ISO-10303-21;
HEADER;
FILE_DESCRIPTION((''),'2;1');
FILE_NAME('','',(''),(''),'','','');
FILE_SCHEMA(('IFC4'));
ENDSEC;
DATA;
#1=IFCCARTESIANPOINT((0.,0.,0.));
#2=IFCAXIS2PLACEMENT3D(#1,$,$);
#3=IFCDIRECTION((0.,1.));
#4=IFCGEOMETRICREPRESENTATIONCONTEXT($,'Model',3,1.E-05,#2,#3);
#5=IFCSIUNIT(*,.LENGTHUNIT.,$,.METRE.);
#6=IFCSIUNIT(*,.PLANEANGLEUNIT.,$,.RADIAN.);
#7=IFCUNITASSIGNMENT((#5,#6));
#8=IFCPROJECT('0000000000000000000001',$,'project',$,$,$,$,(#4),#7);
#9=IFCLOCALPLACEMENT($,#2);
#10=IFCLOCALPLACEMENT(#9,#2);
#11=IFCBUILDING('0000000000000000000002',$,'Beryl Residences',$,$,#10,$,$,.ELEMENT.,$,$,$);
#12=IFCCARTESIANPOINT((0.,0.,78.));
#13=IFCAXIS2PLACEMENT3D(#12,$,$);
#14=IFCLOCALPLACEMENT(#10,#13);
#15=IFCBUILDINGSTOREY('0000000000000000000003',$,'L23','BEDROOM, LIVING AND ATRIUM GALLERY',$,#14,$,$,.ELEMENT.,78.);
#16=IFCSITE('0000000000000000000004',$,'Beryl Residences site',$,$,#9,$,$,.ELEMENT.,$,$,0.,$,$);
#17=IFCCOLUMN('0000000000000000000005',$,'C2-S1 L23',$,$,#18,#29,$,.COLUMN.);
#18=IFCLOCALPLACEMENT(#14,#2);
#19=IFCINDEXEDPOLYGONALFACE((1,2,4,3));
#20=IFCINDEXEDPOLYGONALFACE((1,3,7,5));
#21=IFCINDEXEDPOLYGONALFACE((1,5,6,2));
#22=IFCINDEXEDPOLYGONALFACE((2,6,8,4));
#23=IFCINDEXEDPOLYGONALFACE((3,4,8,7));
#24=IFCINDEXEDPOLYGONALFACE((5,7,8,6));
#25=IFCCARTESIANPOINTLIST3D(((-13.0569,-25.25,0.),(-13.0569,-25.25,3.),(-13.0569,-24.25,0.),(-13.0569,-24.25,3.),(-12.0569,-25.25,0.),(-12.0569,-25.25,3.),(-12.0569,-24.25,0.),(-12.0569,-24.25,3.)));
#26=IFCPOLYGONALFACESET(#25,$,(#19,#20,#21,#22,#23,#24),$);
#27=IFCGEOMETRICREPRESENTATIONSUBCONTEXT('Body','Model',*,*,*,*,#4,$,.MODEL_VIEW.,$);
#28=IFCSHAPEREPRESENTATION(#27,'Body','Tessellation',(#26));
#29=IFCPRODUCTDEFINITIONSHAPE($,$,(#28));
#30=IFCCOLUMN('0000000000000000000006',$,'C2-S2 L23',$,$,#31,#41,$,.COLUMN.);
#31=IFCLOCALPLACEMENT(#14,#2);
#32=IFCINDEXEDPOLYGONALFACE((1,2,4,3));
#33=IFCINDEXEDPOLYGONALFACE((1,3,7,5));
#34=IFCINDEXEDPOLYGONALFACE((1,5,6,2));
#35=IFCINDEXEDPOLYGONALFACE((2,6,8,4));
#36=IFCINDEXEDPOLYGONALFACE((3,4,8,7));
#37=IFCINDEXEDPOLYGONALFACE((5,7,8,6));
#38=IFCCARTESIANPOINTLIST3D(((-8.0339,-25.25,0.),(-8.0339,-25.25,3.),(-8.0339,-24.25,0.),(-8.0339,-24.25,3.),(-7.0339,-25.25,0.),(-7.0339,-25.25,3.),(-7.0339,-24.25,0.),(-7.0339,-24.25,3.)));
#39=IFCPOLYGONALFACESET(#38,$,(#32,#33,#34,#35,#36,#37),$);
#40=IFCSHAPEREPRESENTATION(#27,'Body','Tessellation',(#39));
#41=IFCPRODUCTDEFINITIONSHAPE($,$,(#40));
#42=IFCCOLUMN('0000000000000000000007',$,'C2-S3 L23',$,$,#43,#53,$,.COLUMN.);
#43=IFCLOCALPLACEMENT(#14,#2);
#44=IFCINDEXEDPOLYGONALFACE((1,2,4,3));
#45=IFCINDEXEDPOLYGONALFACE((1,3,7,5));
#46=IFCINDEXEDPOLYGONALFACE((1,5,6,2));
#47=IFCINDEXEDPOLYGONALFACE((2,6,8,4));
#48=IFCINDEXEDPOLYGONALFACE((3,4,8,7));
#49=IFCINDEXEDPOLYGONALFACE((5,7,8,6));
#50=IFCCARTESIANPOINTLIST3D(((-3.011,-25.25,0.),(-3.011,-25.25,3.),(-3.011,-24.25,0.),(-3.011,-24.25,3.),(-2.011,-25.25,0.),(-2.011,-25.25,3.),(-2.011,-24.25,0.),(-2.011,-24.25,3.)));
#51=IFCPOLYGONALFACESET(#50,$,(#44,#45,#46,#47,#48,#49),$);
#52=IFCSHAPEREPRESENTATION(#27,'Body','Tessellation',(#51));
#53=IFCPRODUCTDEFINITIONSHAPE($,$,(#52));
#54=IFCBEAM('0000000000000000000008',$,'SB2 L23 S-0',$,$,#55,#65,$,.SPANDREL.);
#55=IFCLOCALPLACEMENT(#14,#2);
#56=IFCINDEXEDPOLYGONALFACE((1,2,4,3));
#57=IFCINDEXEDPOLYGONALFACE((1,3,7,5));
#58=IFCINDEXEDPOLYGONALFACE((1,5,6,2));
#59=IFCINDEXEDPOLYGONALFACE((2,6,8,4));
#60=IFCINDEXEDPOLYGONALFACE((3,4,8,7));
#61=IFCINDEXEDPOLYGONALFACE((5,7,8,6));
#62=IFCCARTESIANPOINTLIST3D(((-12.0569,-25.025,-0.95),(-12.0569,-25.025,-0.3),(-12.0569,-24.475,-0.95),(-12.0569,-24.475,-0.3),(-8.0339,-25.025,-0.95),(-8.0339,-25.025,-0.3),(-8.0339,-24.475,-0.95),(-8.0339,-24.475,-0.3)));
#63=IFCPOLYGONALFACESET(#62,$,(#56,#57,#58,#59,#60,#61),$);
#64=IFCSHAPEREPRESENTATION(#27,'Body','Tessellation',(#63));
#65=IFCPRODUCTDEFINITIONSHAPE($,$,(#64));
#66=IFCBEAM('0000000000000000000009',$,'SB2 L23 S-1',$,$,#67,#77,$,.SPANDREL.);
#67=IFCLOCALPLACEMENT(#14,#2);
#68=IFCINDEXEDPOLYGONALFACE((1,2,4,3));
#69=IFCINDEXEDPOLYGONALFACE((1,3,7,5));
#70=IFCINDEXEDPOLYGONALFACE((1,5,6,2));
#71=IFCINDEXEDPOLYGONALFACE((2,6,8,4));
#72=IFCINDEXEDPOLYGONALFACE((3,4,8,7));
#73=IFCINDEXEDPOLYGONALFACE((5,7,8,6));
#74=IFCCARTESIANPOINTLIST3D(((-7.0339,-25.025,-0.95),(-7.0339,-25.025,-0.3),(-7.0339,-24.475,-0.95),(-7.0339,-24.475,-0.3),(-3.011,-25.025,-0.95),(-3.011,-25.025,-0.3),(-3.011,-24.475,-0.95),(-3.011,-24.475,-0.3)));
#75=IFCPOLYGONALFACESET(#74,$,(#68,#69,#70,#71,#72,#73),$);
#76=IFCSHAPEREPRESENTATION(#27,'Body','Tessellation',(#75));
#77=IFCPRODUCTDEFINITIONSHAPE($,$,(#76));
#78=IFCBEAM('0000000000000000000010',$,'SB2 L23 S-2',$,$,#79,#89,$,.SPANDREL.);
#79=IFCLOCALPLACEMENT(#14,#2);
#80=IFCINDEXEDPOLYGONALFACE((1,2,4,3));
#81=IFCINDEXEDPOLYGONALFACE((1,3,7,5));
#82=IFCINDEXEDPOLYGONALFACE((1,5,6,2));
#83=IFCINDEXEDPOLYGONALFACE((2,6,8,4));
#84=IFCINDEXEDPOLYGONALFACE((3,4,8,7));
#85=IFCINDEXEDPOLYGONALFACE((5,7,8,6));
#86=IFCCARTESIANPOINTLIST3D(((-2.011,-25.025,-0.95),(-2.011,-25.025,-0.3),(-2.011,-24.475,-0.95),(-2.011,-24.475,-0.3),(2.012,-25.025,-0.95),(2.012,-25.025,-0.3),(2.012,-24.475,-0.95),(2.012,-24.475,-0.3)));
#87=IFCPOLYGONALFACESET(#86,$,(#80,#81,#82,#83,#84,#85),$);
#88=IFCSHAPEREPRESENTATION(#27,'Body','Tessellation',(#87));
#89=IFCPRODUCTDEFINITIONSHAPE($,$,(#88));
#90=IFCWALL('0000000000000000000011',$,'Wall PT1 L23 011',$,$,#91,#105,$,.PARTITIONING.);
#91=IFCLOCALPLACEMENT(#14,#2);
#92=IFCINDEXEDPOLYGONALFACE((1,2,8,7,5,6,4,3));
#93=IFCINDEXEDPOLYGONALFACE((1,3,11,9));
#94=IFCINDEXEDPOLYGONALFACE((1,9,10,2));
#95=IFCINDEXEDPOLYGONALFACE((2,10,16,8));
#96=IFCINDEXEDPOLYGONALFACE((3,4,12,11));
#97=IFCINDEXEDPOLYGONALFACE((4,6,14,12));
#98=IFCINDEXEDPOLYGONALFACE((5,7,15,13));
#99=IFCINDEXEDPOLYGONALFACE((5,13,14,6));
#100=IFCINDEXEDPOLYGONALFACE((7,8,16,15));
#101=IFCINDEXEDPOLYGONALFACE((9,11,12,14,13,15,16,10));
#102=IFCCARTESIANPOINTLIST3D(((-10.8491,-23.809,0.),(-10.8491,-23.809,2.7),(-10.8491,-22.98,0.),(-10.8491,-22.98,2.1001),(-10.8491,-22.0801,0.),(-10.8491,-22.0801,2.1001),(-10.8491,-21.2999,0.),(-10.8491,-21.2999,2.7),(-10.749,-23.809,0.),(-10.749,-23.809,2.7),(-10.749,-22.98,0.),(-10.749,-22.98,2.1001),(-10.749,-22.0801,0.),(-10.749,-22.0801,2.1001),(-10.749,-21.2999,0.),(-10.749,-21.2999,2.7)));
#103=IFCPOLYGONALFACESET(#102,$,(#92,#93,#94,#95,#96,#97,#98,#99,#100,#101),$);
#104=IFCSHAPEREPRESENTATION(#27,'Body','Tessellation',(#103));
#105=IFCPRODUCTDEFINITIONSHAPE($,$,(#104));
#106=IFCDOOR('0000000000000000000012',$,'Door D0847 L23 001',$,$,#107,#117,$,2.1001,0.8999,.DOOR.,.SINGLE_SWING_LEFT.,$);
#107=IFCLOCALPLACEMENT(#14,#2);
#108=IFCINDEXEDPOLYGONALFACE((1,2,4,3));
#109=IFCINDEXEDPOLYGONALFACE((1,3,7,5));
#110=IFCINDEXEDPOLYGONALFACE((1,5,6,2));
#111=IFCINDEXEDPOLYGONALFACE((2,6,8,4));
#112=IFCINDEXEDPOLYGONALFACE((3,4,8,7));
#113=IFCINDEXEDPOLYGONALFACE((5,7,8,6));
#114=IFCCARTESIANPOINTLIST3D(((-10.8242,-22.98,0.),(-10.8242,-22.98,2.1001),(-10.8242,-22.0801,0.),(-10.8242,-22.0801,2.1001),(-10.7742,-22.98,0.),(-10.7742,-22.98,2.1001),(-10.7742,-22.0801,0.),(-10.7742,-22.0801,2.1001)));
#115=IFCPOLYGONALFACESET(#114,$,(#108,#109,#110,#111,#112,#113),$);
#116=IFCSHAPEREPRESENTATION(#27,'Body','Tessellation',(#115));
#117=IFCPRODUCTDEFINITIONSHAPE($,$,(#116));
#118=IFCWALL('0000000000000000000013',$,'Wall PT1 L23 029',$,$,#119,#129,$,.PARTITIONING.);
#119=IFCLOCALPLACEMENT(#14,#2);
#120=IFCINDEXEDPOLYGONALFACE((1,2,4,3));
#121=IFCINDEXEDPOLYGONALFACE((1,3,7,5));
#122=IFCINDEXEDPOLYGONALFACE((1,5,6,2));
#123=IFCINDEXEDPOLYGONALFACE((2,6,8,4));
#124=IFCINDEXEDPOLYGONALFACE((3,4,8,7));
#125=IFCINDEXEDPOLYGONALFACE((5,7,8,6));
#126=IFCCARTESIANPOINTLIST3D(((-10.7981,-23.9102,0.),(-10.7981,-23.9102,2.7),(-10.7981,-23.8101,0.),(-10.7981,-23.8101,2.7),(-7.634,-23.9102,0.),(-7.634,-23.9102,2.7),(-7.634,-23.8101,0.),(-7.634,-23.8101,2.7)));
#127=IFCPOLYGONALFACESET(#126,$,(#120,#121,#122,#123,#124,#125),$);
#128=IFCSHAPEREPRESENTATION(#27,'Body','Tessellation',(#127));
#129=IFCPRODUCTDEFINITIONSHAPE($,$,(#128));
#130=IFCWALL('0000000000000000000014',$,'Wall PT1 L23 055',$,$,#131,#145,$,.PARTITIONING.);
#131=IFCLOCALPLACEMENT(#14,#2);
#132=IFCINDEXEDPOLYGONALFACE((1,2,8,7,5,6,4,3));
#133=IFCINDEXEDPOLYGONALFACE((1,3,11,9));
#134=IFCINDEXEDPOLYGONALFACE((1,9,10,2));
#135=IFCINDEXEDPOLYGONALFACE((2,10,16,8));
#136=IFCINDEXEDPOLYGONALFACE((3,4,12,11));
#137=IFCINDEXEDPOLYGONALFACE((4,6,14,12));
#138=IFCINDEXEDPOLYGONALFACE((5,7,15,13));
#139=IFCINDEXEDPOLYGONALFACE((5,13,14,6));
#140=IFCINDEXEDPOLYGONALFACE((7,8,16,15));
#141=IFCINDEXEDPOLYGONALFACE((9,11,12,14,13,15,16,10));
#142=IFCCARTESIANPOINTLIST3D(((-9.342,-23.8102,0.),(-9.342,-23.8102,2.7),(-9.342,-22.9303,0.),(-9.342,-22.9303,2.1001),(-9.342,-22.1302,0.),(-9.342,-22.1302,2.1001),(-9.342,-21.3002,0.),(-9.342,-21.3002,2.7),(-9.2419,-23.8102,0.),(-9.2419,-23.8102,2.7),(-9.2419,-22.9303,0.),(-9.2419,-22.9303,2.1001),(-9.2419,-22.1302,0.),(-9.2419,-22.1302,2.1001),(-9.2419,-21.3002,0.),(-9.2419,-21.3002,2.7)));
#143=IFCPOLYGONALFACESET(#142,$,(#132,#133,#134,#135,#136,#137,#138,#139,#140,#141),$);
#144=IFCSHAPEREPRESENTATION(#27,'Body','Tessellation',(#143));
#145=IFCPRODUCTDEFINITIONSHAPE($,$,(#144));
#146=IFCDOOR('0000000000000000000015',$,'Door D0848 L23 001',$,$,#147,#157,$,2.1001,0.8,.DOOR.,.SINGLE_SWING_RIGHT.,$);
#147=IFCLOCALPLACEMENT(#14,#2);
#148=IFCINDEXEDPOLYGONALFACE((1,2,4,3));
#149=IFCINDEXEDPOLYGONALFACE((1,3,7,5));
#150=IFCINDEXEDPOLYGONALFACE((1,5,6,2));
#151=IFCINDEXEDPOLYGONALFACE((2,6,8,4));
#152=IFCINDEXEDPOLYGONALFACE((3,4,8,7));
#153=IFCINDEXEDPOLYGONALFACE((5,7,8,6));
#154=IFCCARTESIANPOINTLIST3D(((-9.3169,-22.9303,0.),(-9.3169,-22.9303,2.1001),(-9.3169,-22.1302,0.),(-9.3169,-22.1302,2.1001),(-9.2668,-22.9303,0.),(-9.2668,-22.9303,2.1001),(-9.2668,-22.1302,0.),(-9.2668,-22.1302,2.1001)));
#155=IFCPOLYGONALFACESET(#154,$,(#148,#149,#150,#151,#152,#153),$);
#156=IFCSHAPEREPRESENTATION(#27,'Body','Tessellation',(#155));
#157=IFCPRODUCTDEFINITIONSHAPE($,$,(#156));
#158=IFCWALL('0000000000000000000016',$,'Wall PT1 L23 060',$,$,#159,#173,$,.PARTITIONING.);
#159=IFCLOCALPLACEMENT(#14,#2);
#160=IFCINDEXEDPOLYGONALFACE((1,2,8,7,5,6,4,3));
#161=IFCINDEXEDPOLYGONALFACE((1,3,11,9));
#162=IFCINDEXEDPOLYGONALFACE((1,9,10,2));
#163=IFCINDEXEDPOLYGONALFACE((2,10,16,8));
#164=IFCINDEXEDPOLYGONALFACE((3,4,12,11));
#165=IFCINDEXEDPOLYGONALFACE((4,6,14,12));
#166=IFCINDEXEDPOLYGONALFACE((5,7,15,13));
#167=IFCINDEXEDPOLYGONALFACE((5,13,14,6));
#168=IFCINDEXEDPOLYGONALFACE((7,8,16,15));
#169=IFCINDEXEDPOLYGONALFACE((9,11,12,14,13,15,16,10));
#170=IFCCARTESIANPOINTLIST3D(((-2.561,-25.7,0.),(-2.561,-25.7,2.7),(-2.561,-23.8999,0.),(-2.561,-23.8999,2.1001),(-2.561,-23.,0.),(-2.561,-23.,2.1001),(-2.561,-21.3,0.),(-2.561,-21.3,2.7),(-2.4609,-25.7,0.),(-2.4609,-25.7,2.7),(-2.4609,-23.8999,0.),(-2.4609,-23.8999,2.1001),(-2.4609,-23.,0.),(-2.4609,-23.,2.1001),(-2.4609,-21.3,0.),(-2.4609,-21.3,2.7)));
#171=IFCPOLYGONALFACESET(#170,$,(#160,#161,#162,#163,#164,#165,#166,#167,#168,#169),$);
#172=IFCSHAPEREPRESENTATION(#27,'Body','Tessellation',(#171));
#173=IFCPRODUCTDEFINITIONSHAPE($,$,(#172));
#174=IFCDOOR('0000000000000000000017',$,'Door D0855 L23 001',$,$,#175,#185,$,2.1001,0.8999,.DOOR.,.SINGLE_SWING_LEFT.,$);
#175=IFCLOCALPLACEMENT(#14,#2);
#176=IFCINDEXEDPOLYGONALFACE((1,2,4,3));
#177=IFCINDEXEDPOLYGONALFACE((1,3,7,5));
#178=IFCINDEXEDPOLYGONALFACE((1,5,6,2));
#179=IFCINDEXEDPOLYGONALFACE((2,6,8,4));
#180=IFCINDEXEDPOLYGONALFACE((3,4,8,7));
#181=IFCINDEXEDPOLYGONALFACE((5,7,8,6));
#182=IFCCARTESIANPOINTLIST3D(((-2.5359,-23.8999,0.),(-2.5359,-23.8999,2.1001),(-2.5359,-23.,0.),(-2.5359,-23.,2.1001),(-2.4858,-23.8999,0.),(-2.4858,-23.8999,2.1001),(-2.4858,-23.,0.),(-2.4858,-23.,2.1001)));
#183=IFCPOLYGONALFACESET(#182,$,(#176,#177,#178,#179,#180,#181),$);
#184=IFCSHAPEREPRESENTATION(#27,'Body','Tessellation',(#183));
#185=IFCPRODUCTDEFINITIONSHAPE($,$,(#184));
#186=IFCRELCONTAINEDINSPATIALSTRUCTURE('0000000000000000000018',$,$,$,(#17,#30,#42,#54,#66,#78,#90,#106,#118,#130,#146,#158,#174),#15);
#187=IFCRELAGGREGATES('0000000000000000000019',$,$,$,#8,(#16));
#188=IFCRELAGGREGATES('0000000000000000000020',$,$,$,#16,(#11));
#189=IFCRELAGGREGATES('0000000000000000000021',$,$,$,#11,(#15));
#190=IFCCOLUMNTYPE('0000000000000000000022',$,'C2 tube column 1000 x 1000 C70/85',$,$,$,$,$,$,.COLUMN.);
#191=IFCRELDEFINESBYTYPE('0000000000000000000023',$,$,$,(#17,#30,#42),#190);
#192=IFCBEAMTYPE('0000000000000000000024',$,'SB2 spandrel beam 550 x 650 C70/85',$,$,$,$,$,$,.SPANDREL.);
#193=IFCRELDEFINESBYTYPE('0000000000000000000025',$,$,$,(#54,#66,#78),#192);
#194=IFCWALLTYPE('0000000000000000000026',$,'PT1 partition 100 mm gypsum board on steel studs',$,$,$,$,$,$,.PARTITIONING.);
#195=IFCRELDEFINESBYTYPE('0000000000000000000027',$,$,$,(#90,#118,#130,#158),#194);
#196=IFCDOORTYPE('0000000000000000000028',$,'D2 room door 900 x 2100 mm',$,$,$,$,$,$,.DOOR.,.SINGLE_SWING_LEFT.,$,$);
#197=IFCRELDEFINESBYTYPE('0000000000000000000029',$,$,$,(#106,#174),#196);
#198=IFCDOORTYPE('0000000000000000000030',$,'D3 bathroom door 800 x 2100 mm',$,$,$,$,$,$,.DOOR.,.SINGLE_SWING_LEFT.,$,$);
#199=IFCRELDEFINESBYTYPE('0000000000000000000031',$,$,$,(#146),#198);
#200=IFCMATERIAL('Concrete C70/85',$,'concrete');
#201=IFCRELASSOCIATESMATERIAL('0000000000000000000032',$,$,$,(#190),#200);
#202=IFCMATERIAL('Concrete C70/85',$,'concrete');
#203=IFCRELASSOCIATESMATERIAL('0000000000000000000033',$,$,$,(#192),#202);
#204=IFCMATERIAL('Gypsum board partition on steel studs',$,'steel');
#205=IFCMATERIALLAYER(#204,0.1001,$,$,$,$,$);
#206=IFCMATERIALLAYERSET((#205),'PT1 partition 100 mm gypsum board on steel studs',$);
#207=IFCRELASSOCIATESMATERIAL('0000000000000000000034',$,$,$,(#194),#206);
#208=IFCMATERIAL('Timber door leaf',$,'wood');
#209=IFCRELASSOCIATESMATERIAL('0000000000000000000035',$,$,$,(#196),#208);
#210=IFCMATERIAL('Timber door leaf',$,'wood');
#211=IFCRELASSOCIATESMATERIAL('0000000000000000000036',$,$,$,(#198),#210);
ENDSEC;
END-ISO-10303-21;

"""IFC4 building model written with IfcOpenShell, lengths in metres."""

from ifc_helpers import new_model, si_unit, direction, frame, frame_2d, origin, origin_2d, place, context, subcontext, project, spatial, rectangle, extrude, material, layer, layer_set, material_profile, profile_set, type_object, element, fill, save


model = new_model("IFC4")

# Units and contexts
model_context = context("Model", 3, precision=1e-05, world=origin(), true_north=direction((0.0, 1.0)))
body_context = subcontext(model_context, "Body", "Model", "MODEL_VIEW")
ifc_project = project(units=[si_unit("LENGTHUNIT", "METRE"), si_unit("PLANEANGLEUNIT", "RADIAN")], contexts=[model_context])

# Site, building, storey
site_placement = place(None, origin())
site = spatial("IfcSite", under=ifc_project, at=site_placement, Name="Beryl Residences site", CompositionType="ELEMENT", RefElevation=0.0)
building_placement = place(site_placement, origin())
building = spatial("IfcBuilding", under=site, at=building_placement, Name="Beryl Residences", CompositionType="ELEMENT")
storey_placement = place(building_placement, frame((0.0, 0.0, 78.0)))
storey = spatial("IfcBuildingStorey", under=building, at=storey_placement, Name="L23", Description="BEDROOM, LIVING AND ATRIUM GALLERY", CompositionType="ELEMENT", Elevation=78.0)

# Columns
ifc_material_1 = material(Name="Concrete C70/85", Category="concrete")
ifc_material_profile_1 = material_profile(ifc_material_1, rectangle(XDim=1.0, YDim=1.0, at=origin_2d()))
ifc_profile_set_1 = profile_set([ifc_material_profile_1], Name="Concrete C70/85")
column_type = type_object("IfcColumnType", Name="C2 tube column 1000 x 1000 C70/85", PredefinedType="COLUMN", material=ifc_profile_set_1)
for number, where, z_axis, x_axis, name in (
    (1, (-12.5569, -24.75, 0.0), (0.0, 0.0, 1.0), (1.0, 0.0, 0.0), "C2-S1 L23"),
    (2, (-7.5339, -24.75, 0.0), (0.0, 0.0, 1.0), (1.0, 0.0, 0.0), "C2-S2 L23"),
    (3, (-2.511, -24.75, 0.0), (0.0, 0.0, 1.0), (1.0, 0.0, 0.0), "C2-S3 L23"),
):
    element("IfcColumn", number, at=place(storey_placement, frame(where, z_axis=z_axis, x_axis=x_axis)), inside=storey, type_object=column_type, Name=name, PredefinedType="COLUMN", context=body_context, shape_type="SweptSolid", body=[
        extrude(rectangle(XDim=1.0, YDim=1.0, at=origin_2d()), origin(), (0.0, 0.0, 1.0), 3.0),
    ])

# Beams
ifc_material_2 = material(Name="Concrete C70/85", Category="concrete")
ifc_material_profile_2 = material_profile(ifc_material_2, rectangle(XDim=0.55, YDim=0.6499, at=origin_2d()))
ifc_profile_set_2 = profile_set([ifc_material_profile_2], Name="Concrete C70/85")
beam_type = type_object("IfcBeamType", Name="SB2 spandrel beam 550 x 650 C70/85", PredefinedType="SPANDREL", material=ifc_profile_set_2)
for number, where, z_axis, x_axis, name in (
    (4, (-12.0569, -24.75, -0.625), (1.0, 0.0, 0.0), (0.0, 1.0, 0.0), "SB2 L23 S-0"),
    (5, (-7.0339, -24.75, -0.625), (1.0, 0.0, 0.0), (0.0, 1.0, 0.0), "SB2 L23 S-1"),
    (6, (-2.011, -24.75, -0.625), (1.0, 0.0, 0.0), (0.0, 1.0, 0.0), "SB2 L23 S-2"),
):
    element("IfcBeam", number, at=place(storey_placement, frame(where, z_axis=z_axis, x_axis=x_axis)), inside=storey, type_object=beam_type, Name=name, PredefinedType="SPANDREL", context=body_context, shape_type="SweptSolid", body=[
        extrude(rectangle(XDim=0.55, YDim=0.6499, at=origin_2d()), origin(), (0.0, 0.0, 1.0), 4.0229),
    ])

# Wall, opening, door
ifc_material_3 = material(Name="Gypsum board partition on steel studs", Category="steel")
ifc_layer_1 = layer(ifc_material_3, 0.1001)
ifc_layer_set_1 = layer_set([ifc_layer_1], Name="PT1 partition 100 mm gypsum board on steel studs")
wall_type_1 = type_object("IfcWallType", Name="PT1 partition 100 mm gypsum board on steel studs", PredefinedType="PARTITIONING", material=ifc_layer_set_1)
wall_1_placement = place(storey_placement, frame((-10.7991, -21.3, 0.0), z_axis=(0.0, 0.0, 1.0), x_axis=(0.0, -1.0, 0.0)))
wall_1 = element("IfcWall", 7, at=wall_1_placement, inside=storey, type_object=wall_type_1, Name="Wall PT1 L23 011", PredefinedType="PARTITIONING", context=body_context, shape_type="SweptSolid", body=[
    extrude(rectangle(XDim=2.509, YDim=0.1001, at=frame_2d((1.2544, 0.0))), origin(), (0.0, 0.0, 1.0), 2.7),
])
opening_1_placement = place(wall_1_placement, frame((0.78, 0.0, 0.0)))
opening_1 = element("IfcOpeningElement", 8, at=opening_1_placement, cuts=wall_1, PredefinedType="OPENING", context=body_context, shape_type="SweptSolid", body=[
    extrude(rectangle(XDim=0.8999, YDim=2.1001, at=frame_2d((0.45, 1.05))), frame((0.0, 0.0601, 0.0), z_axis=(0.0, -1.0, 0.0), x_axis=(1.0, 0.0, 0.0)), (0.0, 0.0, 1.0), 0.1201),
])
ifc_material_4 = material(Name="Timber door leaf", Category="wood")
door_type_1 = type_object("IfcDoorType", Name="D2 room door 900 x 2100 mm", OperationType="SINGLE_SWING_LEFT", PredefinedType="DOOR", material=ifc_material_4)
door_1_placement = place(opening_1_placement, origin())
door_1 = element("IfcDoor", 9, at=door_1_placement, inside=storey, type_object=door_type_1, Name="Door D0847 L23 001", OperationType="SINGLE_SWING_LEFT", OverallHeight=2.1001, OverallWidth=0.8999, PredefinedType="DOOR", context=body_context, shape_type="SweptSolid", body=[
    extrude(rectangle(XDim=0.8999, YDim=2.1001, at=frame_2d((0.45, 1.05))), frame((0.0, 0.0249, 0.0), z_axis=(0.0, -1.0, 0.0), x_axis=(1.0, 0.0, 0.0)), (0.0, 0.0, 1.0), 0.05),
])
fill(opening_1, door_1)

# Wall
wall_2_placement = place(storey_placement, frame((-10.7981, -23.8601, 0.0), z_axis=(0.0, 0.0, 1.0), x_axis=(1.0, 0.0, 0.0)))
element("IfcWall", 10, at=wall_2_placement, inside=storey, type_object=wall_type_1, Name="Wall PT1 L23 029", PredefinedType="PARTITIONING", context=body_context, shape_type="SweptSolid", body=[
    extrude(rectangle(XDim=3.1641, YDim=0.1001, at=frame_2d((1.582, 0.0))), origin(), (0.0, 0.0, 1.0), 2.7),
])

# Walls, openings, doors
wall_3_placement = place(storey_placement, frame((-9.292, -23.8101, 0.0), z_axis=(0.0, 0.0, 1.0), x_axis=(0.0, 1.0, 0.0)))
wall_3 = element("IfcWall", 11, at=wall_3_placement, inside=storey, type_object=wall_type_1, Name="Wall PT1 L23 055", PredefinedType="PARTITIONING", context=body_context, shape_type="SweptSolid", body=[
    extrude(rectangle(XDim=2.51, YDim=0.1001, at=frame_2d((1.2549, 0.0))), origin(), (0.0, 0.0, 1.0), 2.7),
])
opening_2_placement = place(wall_3_placement, frame((0.8799, 0.0, 0.0)))
opening_2 = element("IfcOpeningElement", 12, at=opening_2_placement, cuts=wall_3, PredefinedType="OPENING", context=body_context, shape_type="SweptSolid", body=[
    extrude(rectangle(XDim=0.8, YDim=2.1001, at=frame_2d((0.3999, 1.05))), frame((0.0, 0.0601, 0.0), z_axis=(0.0, -1.0, 0.0), x_axis=(1.0, 0.0, 0.0)), (0.0, 0.0, 1.0), 0.1201),
])
ifc_material_5 = material(Name="Timber door leaf", Category="wood")
door_type_2 = type_object("IfcDoorType", Name="D3 bathroom door 800 x 2100 mm", OperationType="SINGLE_SWING_LEFT", PredefinedType="DOOR", material=ifc_material_5)
door_2_placement = place(opening_2_placement, origin())
door_2 = element("IfcDoor", 13, at=door_2_placement, inside=storey, type_object=door_type_2, Name="Door D0848 L23 001", OperationType="SINGLE_SWING_RIGHT", OverallHeight=2.1001, OverallWidth=0.8, PredefinedType="DOOR", context=body_context, shape_type="SweptSolid", body=[
    extrude(rectangle(XDim=0.8, YDim=2.1001, at=frame_2d((0.3999, 1.05))), frame((0.0, 0.0249, 0.0), z_axis=(0.0, -1.0, 0.0), x_axis=(1.0, 0.0, 0.0)), (0.0, 0.0, 1.0), 0.05),
])
fill(opening_2, door_2)
wall_4_placement = place(storey_placement, frame((-2.511, -25.7, 0.0), z_axis=(0.0, 0.0, 1.0), x_axis=(0.0, 1.0, 0.0)))
wall_4 = element("IfcWall", 14, at=wall_4_placement, inside=storey, type_object=wall_type_1, Name="Wall PT1 L23 060", PredefinedType="PARTITIONING", context=body_context, shape_type="SweptSolid", body=[
    extrude(rectangle(XDim=4.3999, YDim=0.1001, at=frame_2d((2.2, 0.0))), origin(), (0.0, 0.0, 1.0), 2.7),
])
opening_3_placement = place(wall_4_placement, frame((1.8, 0.0, 0.0)))
opening_3 = element("IfcOpeningElement", 15, at=opening_3_placement, cuts=wall_4, PredefinedType="OPENING", context=body_context, shape_type="SweptSolid", body=[
    extrude(rectangle(XDim=0.8999, YDim=2.1001, at=frame_2d((0.45, 1.05))), frame((0.0, 0.0601, 0.0), z_axis=(0.0, -1.0, 0.0), x_axis=(1.0, 0.0, 0.0)), (0.0, 0.0, 1.0), 0.1201),
])
door_3_placement = place(opening_3_placement, origin())
door_3 = element("IfcDoor", 16, at=door_3_placement, inside=storey, type_object=door_type_1, Name="Door D0855 L23 001", OperationType="SINGLE_SWING_LEFT", OverallHeight=2.1001, OverallWidth=0.8999, PredefinedType="DOOR", context=body_context, shape_type="SweptSolid", body=[
    extrude(rectangle(XDim=0.8999, YDim=2.1001, at=frame_2d((0.45, 1.05))), frame((0.0, 0.0249, 0.0), z_axis=(0.0, -1.0, 0.0), x_axis=(1.0, 0.0, 0.0)), (0.0, 0.0, 1.0), 0.05),
])
fill(opening_3, door_3)

save(model, "model.ifc")
